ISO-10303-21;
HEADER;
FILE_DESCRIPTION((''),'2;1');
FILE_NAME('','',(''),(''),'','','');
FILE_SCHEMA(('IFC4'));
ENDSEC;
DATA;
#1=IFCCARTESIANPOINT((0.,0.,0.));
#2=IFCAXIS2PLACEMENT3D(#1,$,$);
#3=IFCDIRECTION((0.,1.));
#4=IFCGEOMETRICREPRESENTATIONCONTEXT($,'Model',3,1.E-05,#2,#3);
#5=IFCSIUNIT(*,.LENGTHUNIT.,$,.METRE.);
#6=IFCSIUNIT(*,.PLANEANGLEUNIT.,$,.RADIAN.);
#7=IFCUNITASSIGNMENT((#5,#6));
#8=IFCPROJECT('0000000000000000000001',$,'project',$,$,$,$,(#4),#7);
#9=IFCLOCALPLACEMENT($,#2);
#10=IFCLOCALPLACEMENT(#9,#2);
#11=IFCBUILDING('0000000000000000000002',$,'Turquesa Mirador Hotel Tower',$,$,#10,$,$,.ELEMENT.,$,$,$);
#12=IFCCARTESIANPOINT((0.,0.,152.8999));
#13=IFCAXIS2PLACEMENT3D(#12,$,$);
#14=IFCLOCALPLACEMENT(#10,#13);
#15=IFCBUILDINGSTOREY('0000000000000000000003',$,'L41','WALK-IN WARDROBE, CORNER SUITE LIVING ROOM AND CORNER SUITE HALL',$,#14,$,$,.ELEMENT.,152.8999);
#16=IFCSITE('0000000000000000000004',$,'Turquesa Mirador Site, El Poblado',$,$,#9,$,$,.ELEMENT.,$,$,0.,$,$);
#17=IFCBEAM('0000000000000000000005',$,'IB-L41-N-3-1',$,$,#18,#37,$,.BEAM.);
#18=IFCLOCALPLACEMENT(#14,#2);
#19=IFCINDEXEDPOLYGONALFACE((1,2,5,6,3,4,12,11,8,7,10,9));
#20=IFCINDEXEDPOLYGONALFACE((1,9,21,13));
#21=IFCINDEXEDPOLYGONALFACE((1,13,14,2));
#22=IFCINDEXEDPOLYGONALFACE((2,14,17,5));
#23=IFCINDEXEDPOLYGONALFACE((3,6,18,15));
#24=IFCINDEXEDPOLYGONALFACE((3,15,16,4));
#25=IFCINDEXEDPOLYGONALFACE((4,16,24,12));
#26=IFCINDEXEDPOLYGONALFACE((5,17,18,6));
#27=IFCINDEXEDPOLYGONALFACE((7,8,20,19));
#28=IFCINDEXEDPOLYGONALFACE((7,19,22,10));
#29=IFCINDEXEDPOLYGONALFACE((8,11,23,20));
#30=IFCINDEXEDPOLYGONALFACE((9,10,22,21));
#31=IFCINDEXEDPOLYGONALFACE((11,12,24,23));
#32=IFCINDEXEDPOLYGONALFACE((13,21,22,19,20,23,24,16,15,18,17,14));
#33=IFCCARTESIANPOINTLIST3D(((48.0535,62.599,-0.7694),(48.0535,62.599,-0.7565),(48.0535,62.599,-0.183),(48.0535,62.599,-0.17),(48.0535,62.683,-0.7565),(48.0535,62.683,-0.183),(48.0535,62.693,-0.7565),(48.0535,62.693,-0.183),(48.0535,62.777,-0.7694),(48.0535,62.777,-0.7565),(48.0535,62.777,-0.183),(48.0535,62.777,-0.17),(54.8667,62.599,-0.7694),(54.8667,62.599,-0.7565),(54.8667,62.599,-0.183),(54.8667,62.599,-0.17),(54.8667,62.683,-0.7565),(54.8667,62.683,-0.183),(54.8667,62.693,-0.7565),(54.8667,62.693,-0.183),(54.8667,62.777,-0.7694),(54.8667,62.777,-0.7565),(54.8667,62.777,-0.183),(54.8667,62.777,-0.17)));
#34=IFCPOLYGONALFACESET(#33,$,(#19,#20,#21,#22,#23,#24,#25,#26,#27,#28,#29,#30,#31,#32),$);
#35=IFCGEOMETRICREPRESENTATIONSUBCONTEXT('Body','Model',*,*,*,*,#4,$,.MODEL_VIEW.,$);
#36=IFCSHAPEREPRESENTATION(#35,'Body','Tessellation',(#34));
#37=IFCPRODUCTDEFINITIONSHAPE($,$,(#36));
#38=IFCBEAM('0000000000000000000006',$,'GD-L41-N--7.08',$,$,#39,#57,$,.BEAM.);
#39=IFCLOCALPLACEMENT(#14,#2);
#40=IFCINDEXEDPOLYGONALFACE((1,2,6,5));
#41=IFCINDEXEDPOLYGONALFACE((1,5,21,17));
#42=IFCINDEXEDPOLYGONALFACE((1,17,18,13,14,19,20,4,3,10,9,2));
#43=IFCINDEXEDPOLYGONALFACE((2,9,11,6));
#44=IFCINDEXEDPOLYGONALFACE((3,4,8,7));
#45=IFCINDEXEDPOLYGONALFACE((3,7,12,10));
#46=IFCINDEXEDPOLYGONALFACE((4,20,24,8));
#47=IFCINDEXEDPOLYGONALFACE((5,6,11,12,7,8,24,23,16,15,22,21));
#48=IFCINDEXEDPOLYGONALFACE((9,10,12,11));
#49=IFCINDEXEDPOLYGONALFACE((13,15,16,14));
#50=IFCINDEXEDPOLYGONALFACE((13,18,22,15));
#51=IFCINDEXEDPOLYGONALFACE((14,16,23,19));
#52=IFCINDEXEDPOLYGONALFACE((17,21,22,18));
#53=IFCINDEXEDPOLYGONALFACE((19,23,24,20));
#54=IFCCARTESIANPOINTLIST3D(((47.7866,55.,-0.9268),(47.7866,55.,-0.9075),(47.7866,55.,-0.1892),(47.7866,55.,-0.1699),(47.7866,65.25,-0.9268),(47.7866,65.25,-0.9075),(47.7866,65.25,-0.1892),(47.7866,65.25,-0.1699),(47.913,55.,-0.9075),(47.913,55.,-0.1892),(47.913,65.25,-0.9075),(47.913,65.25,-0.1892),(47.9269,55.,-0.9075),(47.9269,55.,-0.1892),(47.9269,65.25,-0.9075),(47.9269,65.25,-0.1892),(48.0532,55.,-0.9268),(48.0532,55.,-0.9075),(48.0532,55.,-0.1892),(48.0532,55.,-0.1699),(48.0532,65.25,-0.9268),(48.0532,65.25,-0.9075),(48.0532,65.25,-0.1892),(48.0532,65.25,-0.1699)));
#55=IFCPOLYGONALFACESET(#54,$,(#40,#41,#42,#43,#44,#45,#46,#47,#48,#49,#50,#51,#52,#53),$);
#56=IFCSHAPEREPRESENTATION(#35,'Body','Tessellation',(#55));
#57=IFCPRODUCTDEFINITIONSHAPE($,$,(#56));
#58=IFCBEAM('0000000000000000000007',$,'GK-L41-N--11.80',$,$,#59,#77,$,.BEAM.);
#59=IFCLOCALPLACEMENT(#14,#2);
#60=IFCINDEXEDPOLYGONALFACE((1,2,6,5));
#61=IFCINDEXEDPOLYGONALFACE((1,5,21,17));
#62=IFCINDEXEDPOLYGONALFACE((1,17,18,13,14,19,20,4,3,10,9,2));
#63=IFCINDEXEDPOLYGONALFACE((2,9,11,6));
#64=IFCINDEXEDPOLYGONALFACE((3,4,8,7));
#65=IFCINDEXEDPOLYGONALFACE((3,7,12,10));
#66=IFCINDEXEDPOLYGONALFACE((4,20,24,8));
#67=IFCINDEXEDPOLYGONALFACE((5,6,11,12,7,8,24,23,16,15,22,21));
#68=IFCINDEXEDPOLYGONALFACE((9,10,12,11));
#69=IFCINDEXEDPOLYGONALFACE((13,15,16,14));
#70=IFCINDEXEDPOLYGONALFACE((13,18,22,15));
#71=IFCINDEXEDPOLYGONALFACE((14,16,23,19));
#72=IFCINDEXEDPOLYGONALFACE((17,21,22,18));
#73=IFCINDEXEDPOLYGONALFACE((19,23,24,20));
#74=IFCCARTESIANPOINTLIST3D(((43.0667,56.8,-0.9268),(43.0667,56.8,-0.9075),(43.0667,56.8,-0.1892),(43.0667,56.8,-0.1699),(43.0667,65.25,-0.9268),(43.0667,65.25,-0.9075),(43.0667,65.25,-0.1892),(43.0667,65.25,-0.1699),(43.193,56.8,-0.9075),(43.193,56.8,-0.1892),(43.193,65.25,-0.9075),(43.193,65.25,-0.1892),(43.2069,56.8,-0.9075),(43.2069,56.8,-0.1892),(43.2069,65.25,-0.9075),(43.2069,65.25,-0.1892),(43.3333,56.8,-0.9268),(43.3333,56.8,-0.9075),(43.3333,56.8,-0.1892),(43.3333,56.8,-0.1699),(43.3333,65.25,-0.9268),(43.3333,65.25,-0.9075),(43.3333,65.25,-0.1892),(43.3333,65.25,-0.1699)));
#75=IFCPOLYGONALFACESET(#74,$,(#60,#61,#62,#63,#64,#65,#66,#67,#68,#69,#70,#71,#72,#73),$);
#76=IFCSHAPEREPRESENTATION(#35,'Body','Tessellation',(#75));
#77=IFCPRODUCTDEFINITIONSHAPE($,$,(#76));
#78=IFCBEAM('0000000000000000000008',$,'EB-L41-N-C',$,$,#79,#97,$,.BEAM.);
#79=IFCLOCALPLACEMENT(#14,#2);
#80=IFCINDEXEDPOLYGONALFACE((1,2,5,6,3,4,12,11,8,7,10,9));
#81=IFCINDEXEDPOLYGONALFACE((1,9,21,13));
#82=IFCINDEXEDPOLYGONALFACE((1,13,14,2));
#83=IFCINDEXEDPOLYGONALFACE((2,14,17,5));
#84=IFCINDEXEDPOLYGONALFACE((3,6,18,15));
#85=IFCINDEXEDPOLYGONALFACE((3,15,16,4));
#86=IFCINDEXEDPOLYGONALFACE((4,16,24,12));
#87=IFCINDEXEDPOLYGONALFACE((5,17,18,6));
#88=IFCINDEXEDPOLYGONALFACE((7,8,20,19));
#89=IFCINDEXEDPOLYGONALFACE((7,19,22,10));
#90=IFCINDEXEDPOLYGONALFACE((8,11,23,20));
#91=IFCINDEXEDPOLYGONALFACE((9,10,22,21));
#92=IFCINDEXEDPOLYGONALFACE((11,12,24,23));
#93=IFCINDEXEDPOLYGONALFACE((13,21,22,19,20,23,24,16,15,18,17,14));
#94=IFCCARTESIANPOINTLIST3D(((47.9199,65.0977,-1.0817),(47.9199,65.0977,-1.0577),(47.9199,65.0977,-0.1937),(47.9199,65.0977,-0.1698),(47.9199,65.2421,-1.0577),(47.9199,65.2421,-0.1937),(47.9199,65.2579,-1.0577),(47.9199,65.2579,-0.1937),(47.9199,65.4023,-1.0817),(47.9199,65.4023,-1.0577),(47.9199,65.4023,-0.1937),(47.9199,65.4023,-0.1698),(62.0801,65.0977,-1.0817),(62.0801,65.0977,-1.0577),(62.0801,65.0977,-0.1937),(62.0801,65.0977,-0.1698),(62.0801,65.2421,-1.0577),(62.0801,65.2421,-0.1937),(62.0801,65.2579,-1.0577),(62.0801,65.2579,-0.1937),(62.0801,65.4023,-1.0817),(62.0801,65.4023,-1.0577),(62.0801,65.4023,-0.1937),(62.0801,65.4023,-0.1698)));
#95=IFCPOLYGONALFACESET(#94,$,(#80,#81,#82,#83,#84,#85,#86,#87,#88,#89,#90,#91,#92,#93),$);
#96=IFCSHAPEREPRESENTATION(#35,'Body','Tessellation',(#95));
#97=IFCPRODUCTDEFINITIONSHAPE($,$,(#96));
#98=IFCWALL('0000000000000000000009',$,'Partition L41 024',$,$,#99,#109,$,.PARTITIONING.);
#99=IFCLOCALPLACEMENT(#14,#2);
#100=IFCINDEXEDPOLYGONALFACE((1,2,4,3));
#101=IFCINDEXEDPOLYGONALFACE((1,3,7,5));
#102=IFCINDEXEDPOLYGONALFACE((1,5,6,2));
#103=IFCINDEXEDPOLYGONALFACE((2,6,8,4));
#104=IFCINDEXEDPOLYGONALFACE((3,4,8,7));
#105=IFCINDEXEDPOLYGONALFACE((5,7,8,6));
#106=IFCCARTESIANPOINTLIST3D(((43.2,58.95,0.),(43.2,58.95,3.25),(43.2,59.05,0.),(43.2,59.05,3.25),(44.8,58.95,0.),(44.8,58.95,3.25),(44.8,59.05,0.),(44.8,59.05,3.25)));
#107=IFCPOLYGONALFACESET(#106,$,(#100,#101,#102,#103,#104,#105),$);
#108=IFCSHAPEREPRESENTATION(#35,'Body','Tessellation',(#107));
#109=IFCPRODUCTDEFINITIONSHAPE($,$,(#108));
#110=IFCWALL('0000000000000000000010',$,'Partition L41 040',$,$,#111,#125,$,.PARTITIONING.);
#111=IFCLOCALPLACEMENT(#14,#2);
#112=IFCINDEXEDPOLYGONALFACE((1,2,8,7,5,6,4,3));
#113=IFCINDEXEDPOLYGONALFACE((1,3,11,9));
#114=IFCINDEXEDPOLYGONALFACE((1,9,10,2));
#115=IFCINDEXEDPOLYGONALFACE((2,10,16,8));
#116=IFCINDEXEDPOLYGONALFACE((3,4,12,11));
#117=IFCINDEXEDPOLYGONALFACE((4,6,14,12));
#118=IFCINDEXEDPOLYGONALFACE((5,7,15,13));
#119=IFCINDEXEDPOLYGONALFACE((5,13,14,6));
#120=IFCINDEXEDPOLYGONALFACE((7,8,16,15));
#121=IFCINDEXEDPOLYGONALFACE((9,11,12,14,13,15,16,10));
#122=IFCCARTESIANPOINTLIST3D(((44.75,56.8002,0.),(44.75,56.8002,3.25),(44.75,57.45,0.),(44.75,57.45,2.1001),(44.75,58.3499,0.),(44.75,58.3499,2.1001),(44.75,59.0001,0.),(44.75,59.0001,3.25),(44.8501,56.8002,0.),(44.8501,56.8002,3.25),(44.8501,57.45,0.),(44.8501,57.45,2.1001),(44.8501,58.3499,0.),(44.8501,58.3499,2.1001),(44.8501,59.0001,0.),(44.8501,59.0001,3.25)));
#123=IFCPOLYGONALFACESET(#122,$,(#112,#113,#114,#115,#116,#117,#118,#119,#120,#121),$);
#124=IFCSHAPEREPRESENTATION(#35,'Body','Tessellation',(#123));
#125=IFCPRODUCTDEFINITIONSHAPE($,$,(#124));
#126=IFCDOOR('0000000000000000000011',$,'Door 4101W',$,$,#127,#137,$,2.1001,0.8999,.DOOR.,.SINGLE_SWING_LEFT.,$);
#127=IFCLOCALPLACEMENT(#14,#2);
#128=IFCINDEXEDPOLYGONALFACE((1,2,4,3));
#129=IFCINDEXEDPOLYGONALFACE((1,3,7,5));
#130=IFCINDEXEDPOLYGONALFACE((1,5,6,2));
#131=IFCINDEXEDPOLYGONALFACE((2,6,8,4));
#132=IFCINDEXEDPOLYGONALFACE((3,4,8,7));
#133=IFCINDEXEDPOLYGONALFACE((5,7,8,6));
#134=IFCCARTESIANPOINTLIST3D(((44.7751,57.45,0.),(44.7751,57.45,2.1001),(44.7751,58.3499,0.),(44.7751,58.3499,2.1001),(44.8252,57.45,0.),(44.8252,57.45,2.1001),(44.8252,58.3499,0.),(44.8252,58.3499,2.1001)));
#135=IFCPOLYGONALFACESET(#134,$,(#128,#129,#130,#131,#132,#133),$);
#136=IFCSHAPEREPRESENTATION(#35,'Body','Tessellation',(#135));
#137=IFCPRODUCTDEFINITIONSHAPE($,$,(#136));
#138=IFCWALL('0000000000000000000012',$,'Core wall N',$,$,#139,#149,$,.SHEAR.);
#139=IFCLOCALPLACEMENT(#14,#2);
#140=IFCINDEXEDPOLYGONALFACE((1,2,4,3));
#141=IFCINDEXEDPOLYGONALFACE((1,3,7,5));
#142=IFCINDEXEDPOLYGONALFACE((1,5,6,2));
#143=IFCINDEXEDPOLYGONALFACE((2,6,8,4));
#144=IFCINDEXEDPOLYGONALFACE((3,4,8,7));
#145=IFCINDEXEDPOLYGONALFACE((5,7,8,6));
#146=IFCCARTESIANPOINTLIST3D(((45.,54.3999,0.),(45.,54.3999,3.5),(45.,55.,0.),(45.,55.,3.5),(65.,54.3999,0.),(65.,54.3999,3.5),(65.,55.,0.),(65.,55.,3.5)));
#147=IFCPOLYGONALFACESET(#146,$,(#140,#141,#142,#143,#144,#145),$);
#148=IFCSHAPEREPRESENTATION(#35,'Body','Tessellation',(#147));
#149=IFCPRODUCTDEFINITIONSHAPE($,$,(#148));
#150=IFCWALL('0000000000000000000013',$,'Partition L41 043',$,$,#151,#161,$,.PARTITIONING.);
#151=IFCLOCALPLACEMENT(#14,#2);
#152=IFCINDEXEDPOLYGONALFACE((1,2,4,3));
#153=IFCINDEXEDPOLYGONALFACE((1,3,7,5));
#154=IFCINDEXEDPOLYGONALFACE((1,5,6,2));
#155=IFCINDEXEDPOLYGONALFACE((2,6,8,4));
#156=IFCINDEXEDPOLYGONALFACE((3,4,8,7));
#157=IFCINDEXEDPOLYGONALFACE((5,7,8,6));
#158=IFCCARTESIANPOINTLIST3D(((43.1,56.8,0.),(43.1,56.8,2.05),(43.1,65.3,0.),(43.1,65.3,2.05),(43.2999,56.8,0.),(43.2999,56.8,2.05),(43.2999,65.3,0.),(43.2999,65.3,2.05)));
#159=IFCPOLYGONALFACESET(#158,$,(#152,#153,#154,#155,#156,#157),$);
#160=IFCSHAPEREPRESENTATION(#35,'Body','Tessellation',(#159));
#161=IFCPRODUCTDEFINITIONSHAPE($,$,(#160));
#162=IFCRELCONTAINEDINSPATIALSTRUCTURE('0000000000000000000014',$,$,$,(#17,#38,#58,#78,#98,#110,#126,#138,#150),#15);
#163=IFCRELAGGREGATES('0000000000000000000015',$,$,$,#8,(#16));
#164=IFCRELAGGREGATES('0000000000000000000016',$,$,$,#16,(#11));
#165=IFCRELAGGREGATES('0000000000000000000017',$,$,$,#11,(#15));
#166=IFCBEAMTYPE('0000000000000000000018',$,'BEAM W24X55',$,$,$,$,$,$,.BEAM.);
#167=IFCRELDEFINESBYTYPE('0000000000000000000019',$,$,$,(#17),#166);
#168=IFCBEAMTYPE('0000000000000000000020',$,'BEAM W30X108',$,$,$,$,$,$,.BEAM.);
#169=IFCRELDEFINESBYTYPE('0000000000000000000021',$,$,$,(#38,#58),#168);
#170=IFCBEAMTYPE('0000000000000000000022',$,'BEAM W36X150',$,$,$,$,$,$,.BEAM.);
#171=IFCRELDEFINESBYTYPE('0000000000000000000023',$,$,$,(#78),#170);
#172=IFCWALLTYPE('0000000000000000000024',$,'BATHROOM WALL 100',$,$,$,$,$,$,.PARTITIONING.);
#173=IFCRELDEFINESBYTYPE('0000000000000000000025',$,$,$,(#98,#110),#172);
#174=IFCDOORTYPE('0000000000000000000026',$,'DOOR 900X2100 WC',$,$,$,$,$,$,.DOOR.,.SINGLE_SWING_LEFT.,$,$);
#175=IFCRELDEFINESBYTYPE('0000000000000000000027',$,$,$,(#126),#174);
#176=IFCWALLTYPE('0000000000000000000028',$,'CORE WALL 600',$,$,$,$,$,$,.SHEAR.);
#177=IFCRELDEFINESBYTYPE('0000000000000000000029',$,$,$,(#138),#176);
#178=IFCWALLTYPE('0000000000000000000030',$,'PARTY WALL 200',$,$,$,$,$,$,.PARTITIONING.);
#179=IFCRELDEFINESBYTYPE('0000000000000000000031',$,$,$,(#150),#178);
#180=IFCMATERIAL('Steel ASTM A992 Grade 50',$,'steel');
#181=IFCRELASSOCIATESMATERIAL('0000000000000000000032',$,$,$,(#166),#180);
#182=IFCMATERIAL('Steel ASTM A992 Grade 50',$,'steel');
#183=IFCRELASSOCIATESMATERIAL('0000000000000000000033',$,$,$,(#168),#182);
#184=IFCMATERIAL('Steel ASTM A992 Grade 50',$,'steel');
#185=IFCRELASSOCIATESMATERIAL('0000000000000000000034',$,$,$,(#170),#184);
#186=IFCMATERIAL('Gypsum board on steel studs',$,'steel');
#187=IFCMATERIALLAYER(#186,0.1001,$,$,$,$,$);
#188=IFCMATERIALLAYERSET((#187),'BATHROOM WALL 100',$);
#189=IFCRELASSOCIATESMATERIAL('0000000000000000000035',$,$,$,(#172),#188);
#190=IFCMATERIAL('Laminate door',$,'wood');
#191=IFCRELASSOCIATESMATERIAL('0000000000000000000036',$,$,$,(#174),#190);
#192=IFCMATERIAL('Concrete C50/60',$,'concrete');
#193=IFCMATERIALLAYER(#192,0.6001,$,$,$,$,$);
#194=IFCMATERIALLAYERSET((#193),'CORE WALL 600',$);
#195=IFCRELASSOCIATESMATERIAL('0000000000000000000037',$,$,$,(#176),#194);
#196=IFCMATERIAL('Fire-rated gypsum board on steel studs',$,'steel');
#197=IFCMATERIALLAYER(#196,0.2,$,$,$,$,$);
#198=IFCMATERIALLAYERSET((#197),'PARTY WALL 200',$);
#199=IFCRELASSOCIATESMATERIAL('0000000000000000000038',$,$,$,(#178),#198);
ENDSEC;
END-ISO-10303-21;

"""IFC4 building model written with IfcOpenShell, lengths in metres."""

from ifc_helpers import new_model, si_unit, direction, frame, frame_2d, origin, origin_2d, place, context, subcontext, project, spatial, rectangle, i_section, extrude, material, layer, layer_set, material_profile, profile_set, type_object, element, fill, save


model = new_model("IFC4")

# Units and contexts
model_context = context("Model", 3, precision=1e-05, world=origin(), true_north=direction((0.0, 1.0)))
body_context = subcontext(model_context, "Body", "Model", "MODEL_VIEW")
ifc_project = project(units=[si_unit("LENGTHUNIT", "METRE"), si_unit("PLANEANGLEUNIT", "RADIAN")], contexts=[model_context])

# Site, building, storey
site_placement = place(None, origin())
site = spatial("IfcSite", under=ifc_project, at=site_placement, Name="Turquesa Mirador Site, El Poblado", CompositionType="ELEMENT", RefElevation=0.0)
building_placement = place(site_placement, origin())
building = spatial("IfcBuilding", under=site, at=building_placement, Name="Turquesa Mirador Hotel Tower", CompositionType="ELEMENT")
storey_placement = place(building_placement, frame((0.0, 0.0, 152.8999)))
storey = spatial("IfcBuildingStorey", under=building, at=storey_placement, Name="L41", Description="WALK-IN WARDROBE, CORNER SUITE LIVING ROOM AND CORNER SUITE HALL", CompositionType="ELEMENT", Elevation=152.8999)

# Beams
ifc_material_1 = material(Name="Steel ASTM A992 Grade 50", Category="steel")
ifc_material_profile_1 = material_profile(ifc_material_1, i_section(OverallWidth=0.178, OverallDepth=0.5994, WebThickness=0.01, FlangeThickness=0.0129, at=origin_2d()), Name="W24X55")
ifc_profile_set_1 = profile_set([ifc_material_profile_1], Name="Steel ASTM A992 Grade 50")
beam_type_1 = type_object("IfcBeamType", Name="BEAM W24X55", PredefinedType="BEAM", material=ifc_profile_set_1)
beam_1_placement = place(storey_placement, frame((48.0535, 62.688, -0.4697), z_axis=(1.0, 0.0, 0.0), x_axis=(0.0, 1.0, 0.0)))
element("IfcBeam", 1, at=beam_1_placement, inside=storey, type_object=beam_type_1, Name="IB-L41-N-3-1", PredefinedType="BEAM", context=body_context, shape_type="SweptSolid", body=[
    extrude(i_section(OverallWidth=0.178, OverallDepth=0.5994, WebThickness=0.01, FlangeThickness=0.0129, at=origin_2d()), origin(), (0.0, 0.0, 1.0), 6.8132),
])
ifc_material_2 = material(Name="Steel ASTM A992 Grade 50", Category="steel")
ifc_material_profile_2 = material_profile(ifc_material_2, i_section(OverallWidth=0.2666, OverallDepth=0.7568, WebThickness=0.0139, FlangeThickness=0.0193, at=origin_2d()), Name="W30X108")
ifc_profile_set_2 = profile_set([ifc_material_profile_2], Name="Steel ASTM A992 Grade 50")
beam_type_2 = type_object("IfcBeamType", Name="BEAM W30X108", PredefinedType="BEAM", material=ifc_profile_set_2)
beam_2_placement = place(storey_placement, frame((47.9199, 65.25, -0.5483), z_axis=(0.0, -1.0, 0.0), x_axis=(1.0, 0.0, 0.0)))
element("IfcBeam", 2, at=beam_2_placement, inside=storey, type_object=beam_type_2, Name="GD-L41-N--7.08", PredefinedType="BEAM", context=body_context, shape_type="SweptSolid", body=[
    extrude(i_section(OverallWidth=0.2666, OverallDepth=0.7568, WebThickness=0.0139, FlangeThickness=0.0193, at=origin_2d()), origin(), (0.0, 0.0, 1.0), 10.25),
])
beam_3_placement = place(storey_placement, frame((43.2, 65.25, -0.5483), z_axis=(0.0, -1.0, 0.0), x_axis=(1.0, 0.0, 0.0)))
element("IfcBeam", 3, at=beam_3_placement, inside=storey, type_object=beam_type_2, Name="GK-L41-N--11.80", PredefinedType="BEAM", context=body_context, shape_type="SweptSolid", body=[
    extrude(i_section(OverallWidth=0.2666, OverallDepth=0.7568, WebThickness=0.0139, FlangeThickness=0.0193, at=origin_2d()), origin(), (0.0, 0.0, 1.0), 8.45),
])
ifc_material_3 = material(Name="Steel ASTM A992 Grade 50", Category="steel")
ifc_material_profile_3 = material_profile(ifc_material_3, i_section(OverallWidth=0.3047, OverallDepth=0.9119, WebThickness=0.0159, FlangeThickness=0.0239, at=origin_2d()), Name="W36X150")
ifc_profile_set_3 = profile_set([ifc_material_profile_3], Name="Steel ASTM A992 Grade 50")
beam_type_3 = type_object("IfcBeamType", Name="BEAM W36X150", PredefinedType="BEAM", material=ifc_profile_set_3)
beam_4_placement = place(storey_placement, frame((47.9199, 65.25, -0.6257), z_axis=(1.0, 0.0, 0.0), x_axis=(0.0, 1.0, 0.0)))
element("IfcBeam", 4, at=beam_4_placement, inside=storey, type_object=beam_type_3, Name="EB-L41-N-C", PredefinedType="BEAM", context=body_context, shape_type="SweptSolid", body=[
    extrude(i_section(OverallWidth=0.3047, OverallDepth=0.9119, WebThickness=0.0159, FlangeThickness=0.0239, at=origin_2d()), origin(), (0.0, 0.0, 1.0), 14.1602),
])

# Wall
ifc_material_4 = material(Name="Gypsum board on steel studs", Category="steel")
ifc_layer_1 = layer(ifc_material_4, 0.1001)
ifc_layer_set_1 = layer_set([ifc_layer_1], Name="BATHROOM WALL 100")
wall_type_1 = type_object("IfcWallType", Name="BATHROOM WALL 100", PredefinedType="PARTITIONING", material=ifc_layer_set_1)
wall_1_placement = place(storey_placement, frame((43.2, 59.0, 0.0), z_axis=(0.0, 0.0, 1.0), x_axis=(1.0, 0.0, 0.0)))
element("IfcWall", 5, at=wall_1_placement, inside=storey, type_object=wall_type_1, Name="Partition L41 024", PredefinedType="PARTITIONING", context=body_context, shape_type="SweptSolid", body=[
    extrude(rectangle(XDim=1.6001, YDim=0.1001, at=frame_2d((0.8, 0.0))), origin(), (0.0, 0.0, 1.0), 3.25),
])

# Wall, opening, door
wall_2_placement = place(storey_placement, frame((44.8, 56.8, 0.0), z_axis=(0.0, 0.0, 1.0), x_axis=(0.0, 1.0, 0.0)))
wall_2 = element("IfcWall", 6, at=wall_2_placement, inside=storey, type_object=wall_type_1, Name="Partition L41 040", PredefinedType="PARTITIONING", context=body_context, shape_type="SweptSolid", body=[
    extrude(rectangle(XDim=2.2, YDim=0.1001, at=frame_2d((1.1001, 0.0))), origin(), (0.0, 0.0, 1.0), 3.25),
])
opening_placement = place(wall_2_placement, frame((0.6499, 0.0, 0.0)))
opening = element("IfcOpeningElement", 7, at=opening_placement, cuts=wall_2, PredefinedType="OPENING", context=body_context, shape_type="SweptSolid", body=[
    extrude(rectangle(XDim=0.8999, YDim=2.1001, at=frame_2d((0.45, 1.05))), frame((0.0, 0.0601, 0.0), z_axis=(0.0, -1.0, 0.0), x_axis=(1.0, 0.0, 0.0)), (0.0, 0.0, 1.0), 0.1201),
])
ifc_material_5 = material(Name="Laminate door", Category="wood")
door_type = type_object("IfcDoorType", Name="DOOR 900X2100 WC", OperationType="SINGLE_SWING_LEFT", PredefinedType="DOOR", material=ifc_material_5)
door_placement = place(opening_placement, origin())
door = element("IfcDoor", 8, at=door_placement, inside=storey, type_object=door_type, Name="Door 4101W", OperationType="SINGLE_SWING_LEFT", OverallHeight=2.1001, OverallWidth=0.8999, PredefinedType="DOOR", context=body_context, shape_type="SweptSolid", body=[
    extrude(rectangle(XDim=0.8999, YDim=2.1001, at=frame_2d((0.45, 1.05))), frame((0.0, 0.0249, 0.0), z_axis=(0.0, -1.0, 0.0), x_axis=(1.0, 0.0, 0.0)), (0.0, 0.0, 1.0), 0.05),
])
fill(opening, door)

# Walls
ifc_material_6 = material(Name="Concrete C50/60", Category="concrete")
ifc_layer_2 = layer(ifc_material_6, 0.6001)
ifc_layer_set_2 = layer_set([ifc_layer_2], Name="CORE WALL 600")
wall_type_2 = type_object("IfcWallType", Name="CORE WALL 600", PredefinedType="SHEAR", material=ifc_layer_set_2)
wall_3_placement = place(storey_placement, frame((45.0, 54.7, 0.0), z_axis=(0.0, 0.0, 1.0), x_axis=(1.0, 0.0, 0.0)))
element("IfcWall", 9, at=wall_3_placement, inside=storey, type_object=wall_type_2, Name="Core wall N", PredefinedType="SHEAR", context=body_context, shape_type="SweptSolid", body=[
    extrude(rectangle(XDim=20.0, YDim=0.6001, at=frame_2d((10.0, 0.0))), origin(), (0.0, 0.0, 1.0), 3.5),
])
ifc_material_7 = material(Name="Fire-rated gypsum board on steel studs", Category="steel")
ifc_layer_3 = layer(ifc_material_7, 0.2)
ifc_layer_set_3 = layer_set([ifc_layer_3], Name="PARTY WALL 200")
wall_type_3 = type_object("IfcWallType", Name="PARTY WALL 200", PredefinedType="PARTITIONING", material=ifc_layer_set_3)
wall_4_placement = place(storey_placement, frame((43.2, 56.8, 0.0), z_axis=(0.0, 0.0, 1.0), x_axis=(0.0, 1.0, 0.0)))
element("IfcWall", 10, at=wall_4_placement, inside=storey, type_object=wall_type_3, Name="Partition L41 043", PredefinedType="PARTITIONING", context=body_context, shape_type="SweptSolid", body=[
    extrude(rectangle(XDim=8.5, YDim=0.2, at=frame_2d((4.25, 0.0))), origin(), (0.0, 0.0, 1.0), 2.05),
])

save(model, "model.ifc")
